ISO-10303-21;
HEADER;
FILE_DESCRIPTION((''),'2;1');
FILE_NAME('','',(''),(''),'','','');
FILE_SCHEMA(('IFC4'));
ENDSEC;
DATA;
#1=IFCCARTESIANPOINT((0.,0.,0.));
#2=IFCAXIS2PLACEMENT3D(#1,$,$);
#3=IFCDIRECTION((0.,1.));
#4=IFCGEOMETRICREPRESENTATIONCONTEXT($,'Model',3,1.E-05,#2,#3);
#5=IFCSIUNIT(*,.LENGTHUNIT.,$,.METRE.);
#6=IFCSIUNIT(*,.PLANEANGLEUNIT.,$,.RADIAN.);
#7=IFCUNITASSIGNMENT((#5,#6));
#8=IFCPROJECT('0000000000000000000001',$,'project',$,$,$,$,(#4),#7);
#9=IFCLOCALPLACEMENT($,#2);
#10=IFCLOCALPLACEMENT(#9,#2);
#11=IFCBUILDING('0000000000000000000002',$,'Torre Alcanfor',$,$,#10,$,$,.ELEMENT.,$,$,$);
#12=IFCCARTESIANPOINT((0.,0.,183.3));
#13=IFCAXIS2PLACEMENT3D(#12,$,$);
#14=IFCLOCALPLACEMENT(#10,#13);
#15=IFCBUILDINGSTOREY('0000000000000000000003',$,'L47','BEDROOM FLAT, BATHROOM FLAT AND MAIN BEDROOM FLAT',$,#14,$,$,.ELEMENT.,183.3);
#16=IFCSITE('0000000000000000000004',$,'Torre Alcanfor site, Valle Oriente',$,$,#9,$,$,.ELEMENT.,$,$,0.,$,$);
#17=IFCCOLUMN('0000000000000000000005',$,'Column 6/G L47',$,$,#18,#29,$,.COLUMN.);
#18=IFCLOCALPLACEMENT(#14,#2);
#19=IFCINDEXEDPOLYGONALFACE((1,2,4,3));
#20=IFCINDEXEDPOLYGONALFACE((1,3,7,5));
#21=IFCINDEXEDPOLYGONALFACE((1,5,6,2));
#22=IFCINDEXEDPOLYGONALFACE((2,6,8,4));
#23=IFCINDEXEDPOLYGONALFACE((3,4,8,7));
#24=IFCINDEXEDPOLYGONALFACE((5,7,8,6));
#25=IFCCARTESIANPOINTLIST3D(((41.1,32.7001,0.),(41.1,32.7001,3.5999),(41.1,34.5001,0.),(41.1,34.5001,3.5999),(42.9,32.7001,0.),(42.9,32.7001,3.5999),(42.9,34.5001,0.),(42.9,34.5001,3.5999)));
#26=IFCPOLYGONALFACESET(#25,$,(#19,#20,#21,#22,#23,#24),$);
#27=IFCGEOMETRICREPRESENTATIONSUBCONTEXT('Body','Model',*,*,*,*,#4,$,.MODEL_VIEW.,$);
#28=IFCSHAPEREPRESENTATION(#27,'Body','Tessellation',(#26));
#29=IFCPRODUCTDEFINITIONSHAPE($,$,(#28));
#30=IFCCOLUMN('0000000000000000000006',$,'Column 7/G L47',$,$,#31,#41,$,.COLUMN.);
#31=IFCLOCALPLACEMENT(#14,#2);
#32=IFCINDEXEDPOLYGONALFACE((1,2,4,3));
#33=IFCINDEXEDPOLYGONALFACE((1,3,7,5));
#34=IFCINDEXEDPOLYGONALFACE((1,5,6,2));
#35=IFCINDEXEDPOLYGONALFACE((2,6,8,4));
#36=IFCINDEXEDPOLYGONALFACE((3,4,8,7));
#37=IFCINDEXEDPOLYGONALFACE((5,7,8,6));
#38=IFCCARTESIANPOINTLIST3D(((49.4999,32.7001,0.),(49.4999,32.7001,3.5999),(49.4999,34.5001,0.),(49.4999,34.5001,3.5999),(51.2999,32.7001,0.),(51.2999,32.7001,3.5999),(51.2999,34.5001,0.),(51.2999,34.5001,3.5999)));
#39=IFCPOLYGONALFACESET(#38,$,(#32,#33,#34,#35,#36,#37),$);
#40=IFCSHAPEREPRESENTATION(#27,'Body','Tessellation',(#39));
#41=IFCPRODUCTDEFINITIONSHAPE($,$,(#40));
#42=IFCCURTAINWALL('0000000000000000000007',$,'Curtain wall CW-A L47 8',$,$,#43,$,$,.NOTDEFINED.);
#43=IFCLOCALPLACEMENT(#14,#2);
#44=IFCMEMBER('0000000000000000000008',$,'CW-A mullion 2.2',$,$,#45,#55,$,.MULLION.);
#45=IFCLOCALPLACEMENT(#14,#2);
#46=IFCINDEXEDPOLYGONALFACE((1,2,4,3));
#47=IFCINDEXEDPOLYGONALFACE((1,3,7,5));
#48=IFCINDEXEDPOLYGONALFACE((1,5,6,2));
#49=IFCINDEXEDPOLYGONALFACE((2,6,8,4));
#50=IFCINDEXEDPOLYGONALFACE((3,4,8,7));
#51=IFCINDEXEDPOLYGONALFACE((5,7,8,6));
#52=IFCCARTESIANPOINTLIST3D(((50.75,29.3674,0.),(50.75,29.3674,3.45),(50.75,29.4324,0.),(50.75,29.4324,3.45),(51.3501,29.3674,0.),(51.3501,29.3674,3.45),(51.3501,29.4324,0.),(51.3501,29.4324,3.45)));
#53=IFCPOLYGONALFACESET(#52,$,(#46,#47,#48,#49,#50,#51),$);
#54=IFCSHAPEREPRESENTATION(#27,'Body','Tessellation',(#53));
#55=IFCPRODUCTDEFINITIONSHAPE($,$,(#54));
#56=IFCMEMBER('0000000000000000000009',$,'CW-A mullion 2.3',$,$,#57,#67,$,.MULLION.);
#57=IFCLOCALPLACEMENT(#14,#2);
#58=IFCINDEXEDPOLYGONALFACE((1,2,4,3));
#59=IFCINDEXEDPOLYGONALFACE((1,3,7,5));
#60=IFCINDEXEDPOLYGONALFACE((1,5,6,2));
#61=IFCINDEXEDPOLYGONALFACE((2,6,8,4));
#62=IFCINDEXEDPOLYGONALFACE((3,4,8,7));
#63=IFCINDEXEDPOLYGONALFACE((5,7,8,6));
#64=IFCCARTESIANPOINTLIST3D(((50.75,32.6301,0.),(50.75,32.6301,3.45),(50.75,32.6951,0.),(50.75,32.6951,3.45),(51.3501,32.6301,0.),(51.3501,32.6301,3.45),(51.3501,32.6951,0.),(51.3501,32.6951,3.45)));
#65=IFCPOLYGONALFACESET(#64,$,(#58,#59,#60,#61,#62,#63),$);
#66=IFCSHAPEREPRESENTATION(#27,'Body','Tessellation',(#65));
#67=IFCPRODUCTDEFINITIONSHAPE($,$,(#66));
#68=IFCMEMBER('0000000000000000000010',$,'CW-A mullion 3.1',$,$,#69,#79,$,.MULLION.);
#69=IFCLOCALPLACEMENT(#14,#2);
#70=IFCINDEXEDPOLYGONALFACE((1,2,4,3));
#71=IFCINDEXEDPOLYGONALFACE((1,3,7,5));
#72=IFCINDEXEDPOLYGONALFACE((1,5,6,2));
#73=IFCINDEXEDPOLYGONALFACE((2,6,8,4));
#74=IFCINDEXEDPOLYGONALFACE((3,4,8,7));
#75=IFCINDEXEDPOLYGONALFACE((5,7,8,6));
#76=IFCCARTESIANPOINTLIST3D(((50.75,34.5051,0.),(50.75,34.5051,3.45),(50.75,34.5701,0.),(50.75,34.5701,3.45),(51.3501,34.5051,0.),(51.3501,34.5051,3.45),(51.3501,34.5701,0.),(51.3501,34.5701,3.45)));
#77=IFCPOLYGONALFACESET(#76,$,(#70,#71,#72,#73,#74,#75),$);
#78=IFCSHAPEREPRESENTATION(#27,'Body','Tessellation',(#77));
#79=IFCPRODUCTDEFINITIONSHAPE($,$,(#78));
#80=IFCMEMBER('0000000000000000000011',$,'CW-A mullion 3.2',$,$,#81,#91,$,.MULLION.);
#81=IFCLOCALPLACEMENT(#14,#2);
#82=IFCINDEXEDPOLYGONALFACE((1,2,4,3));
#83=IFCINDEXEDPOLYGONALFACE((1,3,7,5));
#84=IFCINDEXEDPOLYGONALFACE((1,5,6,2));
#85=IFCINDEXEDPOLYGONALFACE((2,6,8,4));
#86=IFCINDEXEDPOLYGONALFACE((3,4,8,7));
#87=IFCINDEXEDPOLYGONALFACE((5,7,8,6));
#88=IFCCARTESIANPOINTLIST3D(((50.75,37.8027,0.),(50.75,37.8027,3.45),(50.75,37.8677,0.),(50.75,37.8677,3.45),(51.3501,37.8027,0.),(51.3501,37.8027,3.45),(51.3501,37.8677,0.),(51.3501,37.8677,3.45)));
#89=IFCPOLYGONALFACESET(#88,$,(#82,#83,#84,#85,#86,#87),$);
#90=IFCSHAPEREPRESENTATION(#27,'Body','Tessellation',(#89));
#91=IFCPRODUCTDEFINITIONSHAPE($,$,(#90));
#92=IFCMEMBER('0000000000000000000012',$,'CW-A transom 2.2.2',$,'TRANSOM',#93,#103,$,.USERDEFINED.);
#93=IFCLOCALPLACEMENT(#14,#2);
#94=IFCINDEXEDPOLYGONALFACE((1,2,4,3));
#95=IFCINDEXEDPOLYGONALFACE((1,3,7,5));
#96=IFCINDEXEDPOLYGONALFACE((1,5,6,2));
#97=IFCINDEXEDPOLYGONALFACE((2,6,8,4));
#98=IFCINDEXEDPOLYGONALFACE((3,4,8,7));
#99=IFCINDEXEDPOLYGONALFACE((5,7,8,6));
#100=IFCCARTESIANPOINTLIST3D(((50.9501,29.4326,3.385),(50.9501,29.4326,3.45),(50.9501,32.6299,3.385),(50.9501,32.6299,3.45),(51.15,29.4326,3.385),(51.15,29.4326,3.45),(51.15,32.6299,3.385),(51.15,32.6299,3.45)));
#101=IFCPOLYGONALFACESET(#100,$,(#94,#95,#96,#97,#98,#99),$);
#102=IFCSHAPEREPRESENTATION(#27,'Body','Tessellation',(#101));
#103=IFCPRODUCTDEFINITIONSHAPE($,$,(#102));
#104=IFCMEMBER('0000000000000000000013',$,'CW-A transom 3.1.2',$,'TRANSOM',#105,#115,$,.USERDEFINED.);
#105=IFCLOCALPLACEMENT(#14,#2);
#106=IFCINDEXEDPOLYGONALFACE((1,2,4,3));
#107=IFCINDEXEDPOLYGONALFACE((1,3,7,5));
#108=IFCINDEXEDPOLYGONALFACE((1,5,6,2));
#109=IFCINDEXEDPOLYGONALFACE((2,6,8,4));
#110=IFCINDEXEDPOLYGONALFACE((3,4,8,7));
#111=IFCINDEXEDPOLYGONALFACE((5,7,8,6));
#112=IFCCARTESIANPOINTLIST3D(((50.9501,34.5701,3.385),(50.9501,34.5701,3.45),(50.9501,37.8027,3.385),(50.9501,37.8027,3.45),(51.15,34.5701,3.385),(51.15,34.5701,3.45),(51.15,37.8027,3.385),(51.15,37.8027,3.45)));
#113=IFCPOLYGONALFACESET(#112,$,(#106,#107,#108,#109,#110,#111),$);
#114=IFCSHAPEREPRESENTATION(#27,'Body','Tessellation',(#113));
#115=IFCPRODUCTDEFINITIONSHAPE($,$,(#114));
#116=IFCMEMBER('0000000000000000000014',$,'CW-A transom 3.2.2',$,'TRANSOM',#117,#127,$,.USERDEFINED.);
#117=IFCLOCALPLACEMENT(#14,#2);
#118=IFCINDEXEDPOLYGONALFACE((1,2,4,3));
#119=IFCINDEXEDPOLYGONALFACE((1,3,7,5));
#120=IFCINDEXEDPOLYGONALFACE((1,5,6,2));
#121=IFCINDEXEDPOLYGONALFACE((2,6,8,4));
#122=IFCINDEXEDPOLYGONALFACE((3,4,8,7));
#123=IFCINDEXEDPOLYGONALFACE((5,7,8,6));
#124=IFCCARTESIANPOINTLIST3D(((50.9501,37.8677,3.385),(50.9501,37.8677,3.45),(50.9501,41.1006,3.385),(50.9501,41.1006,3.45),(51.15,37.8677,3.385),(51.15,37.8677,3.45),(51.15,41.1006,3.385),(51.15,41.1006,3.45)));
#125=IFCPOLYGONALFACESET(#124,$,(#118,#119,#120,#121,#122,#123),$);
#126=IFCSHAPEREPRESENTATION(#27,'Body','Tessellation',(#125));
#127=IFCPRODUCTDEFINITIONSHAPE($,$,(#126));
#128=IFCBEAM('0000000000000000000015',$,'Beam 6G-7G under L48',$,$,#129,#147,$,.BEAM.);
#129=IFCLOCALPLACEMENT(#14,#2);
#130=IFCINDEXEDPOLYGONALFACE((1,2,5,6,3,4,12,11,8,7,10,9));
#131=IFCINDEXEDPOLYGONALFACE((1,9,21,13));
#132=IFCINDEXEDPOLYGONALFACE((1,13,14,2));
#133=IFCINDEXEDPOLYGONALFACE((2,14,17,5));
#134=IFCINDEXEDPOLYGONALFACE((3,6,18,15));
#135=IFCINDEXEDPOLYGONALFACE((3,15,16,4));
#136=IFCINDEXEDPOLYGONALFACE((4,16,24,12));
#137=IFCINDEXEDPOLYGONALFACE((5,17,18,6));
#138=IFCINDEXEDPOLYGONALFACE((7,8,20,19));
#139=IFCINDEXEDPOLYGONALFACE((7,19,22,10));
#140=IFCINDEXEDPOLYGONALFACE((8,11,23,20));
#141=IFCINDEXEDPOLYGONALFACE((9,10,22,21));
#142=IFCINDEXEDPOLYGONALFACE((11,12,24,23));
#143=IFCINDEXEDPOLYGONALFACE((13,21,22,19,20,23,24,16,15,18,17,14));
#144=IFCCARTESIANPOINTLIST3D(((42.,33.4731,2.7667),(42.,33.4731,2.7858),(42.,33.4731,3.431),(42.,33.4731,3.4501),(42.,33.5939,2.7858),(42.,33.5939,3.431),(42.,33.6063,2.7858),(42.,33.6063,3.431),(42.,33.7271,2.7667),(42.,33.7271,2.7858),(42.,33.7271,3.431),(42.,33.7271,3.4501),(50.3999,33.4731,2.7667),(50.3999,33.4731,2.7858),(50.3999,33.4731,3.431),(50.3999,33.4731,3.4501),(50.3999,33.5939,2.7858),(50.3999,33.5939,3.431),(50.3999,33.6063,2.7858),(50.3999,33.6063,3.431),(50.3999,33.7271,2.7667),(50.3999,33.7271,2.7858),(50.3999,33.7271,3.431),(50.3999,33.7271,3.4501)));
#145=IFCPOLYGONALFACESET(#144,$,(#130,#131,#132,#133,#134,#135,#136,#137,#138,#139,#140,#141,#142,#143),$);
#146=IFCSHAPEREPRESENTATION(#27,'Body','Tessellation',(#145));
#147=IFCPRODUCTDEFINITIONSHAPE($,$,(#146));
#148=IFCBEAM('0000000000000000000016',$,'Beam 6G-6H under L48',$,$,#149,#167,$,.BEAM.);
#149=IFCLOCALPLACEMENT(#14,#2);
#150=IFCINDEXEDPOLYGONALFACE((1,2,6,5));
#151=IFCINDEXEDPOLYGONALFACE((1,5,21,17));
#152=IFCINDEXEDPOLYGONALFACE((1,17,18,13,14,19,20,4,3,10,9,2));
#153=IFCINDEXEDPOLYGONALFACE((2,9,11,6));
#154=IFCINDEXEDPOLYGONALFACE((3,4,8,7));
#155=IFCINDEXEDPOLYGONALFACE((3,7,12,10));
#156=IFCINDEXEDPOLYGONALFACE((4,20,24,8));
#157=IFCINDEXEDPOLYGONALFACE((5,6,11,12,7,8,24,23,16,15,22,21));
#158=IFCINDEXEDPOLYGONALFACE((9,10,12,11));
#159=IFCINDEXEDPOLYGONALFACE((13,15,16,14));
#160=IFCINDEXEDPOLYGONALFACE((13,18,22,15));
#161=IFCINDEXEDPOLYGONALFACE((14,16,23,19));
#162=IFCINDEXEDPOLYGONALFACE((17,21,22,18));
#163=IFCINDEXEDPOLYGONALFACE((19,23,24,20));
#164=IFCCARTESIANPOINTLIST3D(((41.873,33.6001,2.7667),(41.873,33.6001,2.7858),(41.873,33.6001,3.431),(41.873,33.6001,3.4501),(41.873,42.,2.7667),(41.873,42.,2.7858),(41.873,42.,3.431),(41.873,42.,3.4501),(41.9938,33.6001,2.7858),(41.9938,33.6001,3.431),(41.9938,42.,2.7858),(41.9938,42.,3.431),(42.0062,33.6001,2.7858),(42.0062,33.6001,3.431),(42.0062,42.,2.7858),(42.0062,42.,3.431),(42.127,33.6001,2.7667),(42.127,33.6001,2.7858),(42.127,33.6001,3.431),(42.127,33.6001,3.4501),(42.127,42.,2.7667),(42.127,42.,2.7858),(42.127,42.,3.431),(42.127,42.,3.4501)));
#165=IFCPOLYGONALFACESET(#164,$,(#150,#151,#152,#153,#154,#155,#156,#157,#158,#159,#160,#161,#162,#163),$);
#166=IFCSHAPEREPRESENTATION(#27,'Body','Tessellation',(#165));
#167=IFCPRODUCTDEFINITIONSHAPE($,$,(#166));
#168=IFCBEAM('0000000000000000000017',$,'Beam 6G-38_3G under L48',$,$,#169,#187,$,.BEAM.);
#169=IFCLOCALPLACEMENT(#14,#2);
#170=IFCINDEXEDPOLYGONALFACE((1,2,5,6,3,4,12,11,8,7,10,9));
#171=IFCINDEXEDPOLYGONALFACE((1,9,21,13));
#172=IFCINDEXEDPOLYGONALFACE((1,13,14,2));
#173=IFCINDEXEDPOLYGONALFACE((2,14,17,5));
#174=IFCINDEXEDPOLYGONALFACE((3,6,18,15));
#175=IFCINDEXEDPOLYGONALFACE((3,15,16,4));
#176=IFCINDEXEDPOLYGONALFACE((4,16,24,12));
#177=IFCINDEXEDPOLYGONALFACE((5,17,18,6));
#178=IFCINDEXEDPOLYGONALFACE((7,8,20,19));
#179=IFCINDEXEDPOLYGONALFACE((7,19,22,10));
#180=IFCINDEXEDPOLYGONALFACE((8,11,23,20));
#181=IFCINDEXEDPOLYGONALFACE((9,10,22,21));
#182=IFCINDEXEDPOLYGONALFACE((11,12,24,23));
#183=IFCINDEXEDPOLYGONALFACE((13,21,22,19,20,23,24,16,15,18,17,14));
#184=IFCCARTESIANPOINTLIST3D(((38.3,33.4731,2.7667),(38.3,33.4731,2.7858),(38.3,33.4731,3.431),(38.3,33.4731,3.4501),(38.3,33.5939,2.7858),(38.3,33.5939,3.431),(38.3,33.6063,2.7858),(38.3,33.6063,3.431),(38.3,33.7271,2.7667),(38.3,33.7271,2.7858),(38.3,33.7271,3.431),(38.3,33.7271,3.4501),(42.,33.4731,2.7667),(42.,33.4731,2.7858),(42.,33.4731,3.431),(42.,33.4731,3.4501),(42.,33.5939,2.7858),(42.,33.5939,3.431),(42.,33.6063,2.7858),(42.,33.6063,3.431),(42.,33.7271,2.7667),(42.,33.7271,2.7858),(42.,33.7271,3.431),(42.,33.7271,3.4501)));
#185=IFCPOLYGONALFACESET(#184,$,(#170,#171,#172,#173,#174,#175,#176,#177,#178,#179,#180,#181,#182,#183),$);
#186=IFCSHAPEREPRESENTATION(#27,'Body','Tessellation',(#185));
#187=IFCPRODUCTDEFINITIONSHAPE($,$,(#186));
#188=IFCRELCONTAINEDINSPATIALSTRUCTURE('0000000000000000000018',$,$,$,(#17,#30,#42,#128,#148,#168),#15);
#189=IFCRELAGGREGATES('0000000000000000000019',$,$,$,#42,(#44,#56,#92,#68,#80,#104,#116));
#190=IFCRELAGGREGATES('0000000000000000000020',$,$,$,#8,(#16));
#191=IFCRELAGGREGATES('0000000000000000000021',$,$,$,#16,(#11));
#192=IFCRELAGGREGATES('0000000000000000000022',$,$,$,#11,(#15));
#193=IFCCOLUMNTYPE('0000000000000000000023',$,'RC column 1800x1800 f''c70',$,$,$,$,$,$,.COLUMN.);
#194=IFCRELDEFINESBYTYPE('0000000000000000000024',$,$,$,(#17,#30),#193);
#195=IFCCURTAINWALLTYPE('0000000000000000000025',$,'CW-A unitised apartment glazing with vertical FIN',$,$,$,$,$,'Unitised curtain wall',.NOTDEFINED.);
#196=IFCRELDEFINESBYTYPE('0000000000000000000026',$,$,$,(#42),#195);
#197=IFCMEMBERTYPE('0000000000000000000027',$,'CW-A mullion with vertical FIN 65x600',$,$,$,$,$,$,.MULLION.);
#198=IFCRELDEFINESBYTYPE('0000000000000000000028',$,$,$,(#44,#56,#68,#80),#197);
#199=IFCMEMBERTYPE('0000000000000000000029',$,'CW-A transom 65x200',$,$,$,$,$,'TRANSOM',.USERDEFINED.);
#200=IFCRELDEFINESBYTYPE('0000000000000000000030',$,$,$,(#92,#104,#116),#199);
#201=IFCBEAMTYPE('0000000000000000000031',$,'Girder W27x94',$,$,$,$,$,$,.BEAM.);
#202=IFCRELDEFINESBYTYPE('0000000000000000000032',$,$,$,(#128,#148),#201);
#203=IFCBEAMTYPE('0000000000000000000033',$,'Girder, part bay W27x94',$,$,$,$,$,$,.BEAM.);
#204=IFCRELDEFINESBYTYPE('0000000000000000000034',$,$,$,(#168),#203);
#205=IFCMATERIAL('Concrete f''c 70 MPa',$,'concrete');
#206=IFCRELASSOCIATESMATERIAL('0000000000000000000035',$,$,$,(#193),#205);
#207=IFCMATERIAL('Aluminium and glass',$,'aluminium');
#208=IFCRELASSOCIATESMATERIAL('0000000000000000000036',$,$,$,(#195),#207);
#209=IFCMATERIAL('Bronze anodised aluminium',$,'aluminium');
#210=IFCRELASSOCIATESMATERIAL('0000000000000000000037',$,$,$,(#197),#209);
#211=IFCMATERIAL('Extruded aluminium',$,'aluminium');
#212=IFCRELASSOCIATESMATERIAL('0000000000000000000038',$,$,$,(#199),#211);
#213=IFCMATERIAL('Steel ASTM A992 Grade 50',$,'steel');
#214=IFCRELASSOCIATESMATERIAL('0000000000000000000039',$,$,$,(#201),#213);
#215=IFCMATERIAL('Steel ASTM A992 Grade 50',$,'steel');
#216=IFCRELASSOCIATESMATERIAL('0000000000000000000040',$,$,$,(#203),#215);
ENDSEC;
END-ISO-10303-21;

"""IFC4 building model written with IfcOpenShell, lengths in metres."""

from ifc_helpers import new_model, si_unit, direction, frame, origin, origin_2d, place, context, subcontext, project, spatial, rectangle, i_section, extrude, material, material_profile, profile_set, type_object, element, aggregate, save


model = new_model("IFC4")

# Units and contexts
model_context = context("Model", 3, precision=1e-05, world=origin(), true_north=direction((0.0, 1.0)))
body_context = subcontext(model_context, "Body", "Model", "MODEL_VIEW")
ifc_project = project(units=[si_unit("LENGTHUNIT", "METRE"), si_unit("PLANEANGLEUNIT", "RADIAN")], contexts=[model_context])

# Site, building, storey
site_placement = place(None, origin())
site = spatial("IfcSite", under=ifc_project, at=site_placement, Name="Torre Alcanfor site, Valle Oriente", CompositionType="ELEMENT", RefElevation=0.0)
building_placement = place(site_placement, origin())
building = spatial("IfcBuilding", under=site, at=building_placement, Name="Torre Alcanfor", CompositionType="ELEMENT")
storey_placement = place(building_placement, frame((0.0, 0.0, 183.3)))
storey = spatial("IfcBuildingStorey", under=building, at=storey_placement, Name="L47", Description="BEDROOM FLAT, BATHROOM FLAT AND MAIN BEDROOM FLAT", CompositionType="ELEMENT", Elevation=183.3)

# Columns
ifc_material_1 = material(Name="Concrete f'c 70 MPa", Category="concrete")
ifc_material_profile_1 = material_profile(ifc_material_1, rectangle(XDim=1.8, YDim=1.8, at=origin_2d()), Name="1800x1800")
ifc_profile_set_1 = profile_set([ifc_material_profile_1], Name="Concrete f'c 70 MPa")
column_type = type_object("IfcColumnType", Name="RC column 1800x1800 f'c70", PredefinedType="COLUMN", material=ifc_profile_set_1)
for number, where, z_axis, x_axis, name in (
    (1, (42.0, 33.6001, 0.0), (0.0, 0.0, 1.0), (1.0, 0.0, 0.0), "Column 6/G L47"),
    (2, (50.3999, 33.6001, 0.0), (0.0, 0.0, 1.0), (1.0, 0.0, 0.0), "Column 7/G L47"),
):
    element("IfcColumn", number, at=place(storey_placement, frame(where, z_axis=z_axis, x_axis=x_axis)), inside=storey, type_object=column_type, Name=name, PredefinedType="COLUMN", context=body_context, shape_type="SweptSolid", body=[
        extrude(rectangle(XDim=1.8, YDim=1.8, at=origin_2d()), origin(), (0.0, 0.0, 1.0), 3.5999),
    ])

# Curtain wall, members
ifc_material_2 = material(Name="Aluminium and glass", Category="aluminium")
curtain_wall_type = type_object("IfcCurtainWallType", Name="CW-A unitised apartment glazing with vertical FIN", ElementType="Unitised curtain wall", PredefinedType="NOTDEFINED", material=ifc_material_2)
curtain_wall_placement = place(storey_placement, origin())
curtain_wall = element("IfcCurtainWall", 3, at=curtain_wall_placement, inside=storey, type_object=curtain_wall_type, Name="Curtain wall CW-A L47 8", PredefinedType="NOTDEFINED")
ifc_material_3 = material(Name="Bronze anodised aluminium", Category="aluminium")
ifc_material_profile_2 = material_profile(ifc_material_3, rectangle(XDim=0.6001, YDim=0.0649, at=origin_2d()), Name="CW-A mullion 65x600")
ifc_profile_set_2 = profile_set([ifc_material_profile_2], Name="Bronze anodised aluminium")
member_type_1 = type_object("IfcMemberType", Name="CW-A mullion with vertical FIN 65x600", PredefinedType="MULLION", material=ifc_profile_set_2)
member_1_placement = place(storey_placement, frame((51.05, 29.3999, 0.0), z_axis=(0.0, 0.0, 1.0), x_axis=(-1.0, 0.0, 0.0)))
member_1 = element("IfcMember", 4, at=member_1_placement, type_object=member_type_1, Name="CW-A mullion 2.2", PredefinedType="MULLION", context=body_context, shape_type="SweptSolid", body=[
    extrude(rectangle(XDim=0.6001, YDim=0.0649, at=origin_2d()), origin(), (0.0, 0.0, 1.0), 3.45),
])
member_2_placement = place(storey_placement, frame((51.05, 32.6626, 0.0), z_axis=(0.0, 0.0, 1.0), x_axis=(-1.0, 0.0, 0.0)))
member_2 = element("IfcMember", 5, at=member_2_placement, type_object=member_type_1, Name="CW-A mullion 2.3", PredefinedType="MULLION", context=body_context, shape_type="SweptSolid", body=[
    extrude(rectangle(XDim=0.6001, YDim=0.0649, at=origin_2d()), origin(), (0.0, 0.0, 1.0), 3.45),
])
member_3_placement = place(storey_placement, frame((51.05, 34.5376, 0.0), z_axis=(0.0, 0.0, 1.0), x_axis=(-1.0, 0.0, 0.0)))
member_3 = element("IfcMember", 6, at=member_3_placement, type_object=member_type_1, Name="CW-A mullion 3.1", PredefinedType="MULLION", context=body_context, shape_type="SweptSolid", body=[
    extrude(rectangle(XDim=0.6001, YDim=0.0649, at=origin_2d()), origin(), (0.0, 0.0, 1.0), 3.45),
])
member_4_placement = place(storey_placement, frame((51.05, 37.8352, 0.0), z_axis=(0.0, 0.0, 1.0), x_axis=(-1.0, 0.0, 0.0)))
member_4 = element("IfcMember", 7, at=member_4_placement, type_object=member_type_1, Name="CW-A mullion 3.2", PredefinedType="MULLION", context=body_context, shape_type="SweptSolid", body=[
    extrude(rectangle(XDim=0.6001, YDim=0.0649, at=origin_2d()), origin(), (0.0, 0.0, 1.0), 3.45),
])
ifc_material_4 = material(Name="Extruded aluminium", Category="aluminium")
ifc_material_profile_3 = material_profile(ifc_material_4, rectangle(XDim=0.2, YDim=0.0649, at=origin_2d()), Name="CW-A transom 200x65")
ifc_profile_set_3 = profile_set([ifc_material_profile_3], Name="Extruded aluminium")
member_type_2 = type_object("IfcMemberType", Name="CW-A transom 65x200", ElementType="TRANSOM", PredefinedType="USERDEFINED", material=ifc_profile_set_3)
member_5_placement = place(storey_placement, frame((51.05, 29.4326, 3.4175), z_axis=(0.0, 1.0, 0.0), x_axis=(-1.0, 0.0, 0.0)))
member_5 = element("IfcMember", 8, at=member_5_placement, type_object=member_type_2, Name="CW-A transom 2.2.2", ObjectType="TRANSOM", PredefinedType="USERDEFINED", context=body_context, shape_type="SweptSolid", body=[
    extrude(rectangle(XDim=0.2, YDim=0.0649, at=origin_2d()), origin(), (0.0, 0.0, 1.0), 3.1973),
])
member_6_placement = place(storey_placement, frame((51.05, 34.5701, 3.4175), z_axis=(0.0, 1.0, 0.0), x_axis=(-1.0, 0.0, 0.0)))
member_6 = element("IfcMember", 9, at=member_6_placement, type_object=member_type_2, Name="CW-A transom 3.1.2", ObjectType="TRANSOM", PredefinedType="USERDEFINED", context=body_context, shape_type="SweptSolid", body=[
    extrude(rectangle(XDim=0.2, YDim=0.0649, at=origin_2d()), origin(), (0.0, 0.0, 1.0), 3.2327),
])
member_7_placement = place(storey_placement, frame((51.05, 37.8677, 3.4175), z_axis=(0.0, 1.0, 0.0), x_axis=(-1.0, 0.0, 0.0)))
member_7 = element("IfcMember", 10, at=member_7_placement, type_object=member_type_2, Name="CW-A transom 3.2.2", ObjectType="TRANSOM", PredefinedType="USERDEFINED", context=body_context, shape_type="SweptSolid", body=[
    extrude(rectangle(XDim=0.2, YDim=0.0649, at=origin_2d()), origin(), (0.0, 0.0, 1.0), 3.2329),
])

# Beams
ifc_material_5 = material(Name="Steel ASTM A992 Grade 50", Category="steel")
ifc_material_profile_4 = material_profile(ifc_material_5, i_section(OverallWidth=0.2539, OverallDepth=0.6833, WebThickness=0.0125, FlangeThickness=0.019, at=origin_2d()), Name="W27x94")
ifc_profile_set_4 = profile_set([ifc_material_profile_4], Name="Steel ASTM A992 Grade 50")
beam_type_1 = type_object("IfcBeamType", Name="Girder W27x94", PredefinedType="BEAM", material=ifc_profile_set_4)
for number, where, z_axis, x_axis, name in (
    (11, (42.0, 33.6001, 3.1084), (1.0, 0.0, 0.0), (0.0, 1.0, 0.0), "Beam 6G-7G under L48"),
    (12, (42.0, 33.6001, 3.1084), (0.0, 1.0, 0.0), (-1.0, 0.0, 0.0), "Beam 6G-6H under L48"),
):
    element("IfcBeam", number, at=place(storey_placement, frame(where, z_axis=z_axis, x_axis=x_axis)), inside=storey, type_object=beam_type_1, Name=name, PredefinedType="BEAM", context=body_context, shape_type="SweptSolid", body=[
        extrude(i_section(OverallWidth=0.2539, OverallDepth=0.6833, WebThickness=0.0125, FlangeThickness=0.019, at=origin_2d()), origin(), (0.0, 0.0, 1.0), 8.3999),
    ])
ifc_material_6 = material(Name="Steel ASTM A992 Grade 50", Category="steel")
ifc_material_profile_5 = material_profile(ifc_material_6, i_section(OverallWidth=0.2539, OverallDepth=0.6833, WebThickness=0.0125, FlangeThickness=0.019, at=origin_2d()), Name="W27x94")
ifc_profile_set_5 = profile_set([ifc_material_profile_5], Name="Steel ASTM A992 Grade 50")
beam_type_2 = type_object("IfcBeamType", Name="Girder, part bay W27x94", PredefinedType="BEAM", material=ifc_profile_set_5)
beam_1_placement = place(storey_placement, frame((42.0, 33.6001, 3.1084), z_axis=(-1.0, 0.0, 0.0), x_axis=(0.0, -1.0, 0.0)))
element("IfcBeam", 13, at=beam_1_placement, inside=storey, type_object=beam_type_2, Name="Beam 6G-38_3G under L48", PredefinedType="BEAM", context=body_context, shape_type="SweptSolid", body=[
    extrude(i_section(OverallWidth=0.2539, OverallDepth=0.6833, WebThickness=0.0125, FlangeThickness=0.019, at=origin_2d()), origin(), (0.0, 0.0, 1.0), 3.7),
])

aggregate(curtain_wall, [member_1, member_2, member_5, member_3, member_4, member_6, member_7])

save(model, "model.ifc")
